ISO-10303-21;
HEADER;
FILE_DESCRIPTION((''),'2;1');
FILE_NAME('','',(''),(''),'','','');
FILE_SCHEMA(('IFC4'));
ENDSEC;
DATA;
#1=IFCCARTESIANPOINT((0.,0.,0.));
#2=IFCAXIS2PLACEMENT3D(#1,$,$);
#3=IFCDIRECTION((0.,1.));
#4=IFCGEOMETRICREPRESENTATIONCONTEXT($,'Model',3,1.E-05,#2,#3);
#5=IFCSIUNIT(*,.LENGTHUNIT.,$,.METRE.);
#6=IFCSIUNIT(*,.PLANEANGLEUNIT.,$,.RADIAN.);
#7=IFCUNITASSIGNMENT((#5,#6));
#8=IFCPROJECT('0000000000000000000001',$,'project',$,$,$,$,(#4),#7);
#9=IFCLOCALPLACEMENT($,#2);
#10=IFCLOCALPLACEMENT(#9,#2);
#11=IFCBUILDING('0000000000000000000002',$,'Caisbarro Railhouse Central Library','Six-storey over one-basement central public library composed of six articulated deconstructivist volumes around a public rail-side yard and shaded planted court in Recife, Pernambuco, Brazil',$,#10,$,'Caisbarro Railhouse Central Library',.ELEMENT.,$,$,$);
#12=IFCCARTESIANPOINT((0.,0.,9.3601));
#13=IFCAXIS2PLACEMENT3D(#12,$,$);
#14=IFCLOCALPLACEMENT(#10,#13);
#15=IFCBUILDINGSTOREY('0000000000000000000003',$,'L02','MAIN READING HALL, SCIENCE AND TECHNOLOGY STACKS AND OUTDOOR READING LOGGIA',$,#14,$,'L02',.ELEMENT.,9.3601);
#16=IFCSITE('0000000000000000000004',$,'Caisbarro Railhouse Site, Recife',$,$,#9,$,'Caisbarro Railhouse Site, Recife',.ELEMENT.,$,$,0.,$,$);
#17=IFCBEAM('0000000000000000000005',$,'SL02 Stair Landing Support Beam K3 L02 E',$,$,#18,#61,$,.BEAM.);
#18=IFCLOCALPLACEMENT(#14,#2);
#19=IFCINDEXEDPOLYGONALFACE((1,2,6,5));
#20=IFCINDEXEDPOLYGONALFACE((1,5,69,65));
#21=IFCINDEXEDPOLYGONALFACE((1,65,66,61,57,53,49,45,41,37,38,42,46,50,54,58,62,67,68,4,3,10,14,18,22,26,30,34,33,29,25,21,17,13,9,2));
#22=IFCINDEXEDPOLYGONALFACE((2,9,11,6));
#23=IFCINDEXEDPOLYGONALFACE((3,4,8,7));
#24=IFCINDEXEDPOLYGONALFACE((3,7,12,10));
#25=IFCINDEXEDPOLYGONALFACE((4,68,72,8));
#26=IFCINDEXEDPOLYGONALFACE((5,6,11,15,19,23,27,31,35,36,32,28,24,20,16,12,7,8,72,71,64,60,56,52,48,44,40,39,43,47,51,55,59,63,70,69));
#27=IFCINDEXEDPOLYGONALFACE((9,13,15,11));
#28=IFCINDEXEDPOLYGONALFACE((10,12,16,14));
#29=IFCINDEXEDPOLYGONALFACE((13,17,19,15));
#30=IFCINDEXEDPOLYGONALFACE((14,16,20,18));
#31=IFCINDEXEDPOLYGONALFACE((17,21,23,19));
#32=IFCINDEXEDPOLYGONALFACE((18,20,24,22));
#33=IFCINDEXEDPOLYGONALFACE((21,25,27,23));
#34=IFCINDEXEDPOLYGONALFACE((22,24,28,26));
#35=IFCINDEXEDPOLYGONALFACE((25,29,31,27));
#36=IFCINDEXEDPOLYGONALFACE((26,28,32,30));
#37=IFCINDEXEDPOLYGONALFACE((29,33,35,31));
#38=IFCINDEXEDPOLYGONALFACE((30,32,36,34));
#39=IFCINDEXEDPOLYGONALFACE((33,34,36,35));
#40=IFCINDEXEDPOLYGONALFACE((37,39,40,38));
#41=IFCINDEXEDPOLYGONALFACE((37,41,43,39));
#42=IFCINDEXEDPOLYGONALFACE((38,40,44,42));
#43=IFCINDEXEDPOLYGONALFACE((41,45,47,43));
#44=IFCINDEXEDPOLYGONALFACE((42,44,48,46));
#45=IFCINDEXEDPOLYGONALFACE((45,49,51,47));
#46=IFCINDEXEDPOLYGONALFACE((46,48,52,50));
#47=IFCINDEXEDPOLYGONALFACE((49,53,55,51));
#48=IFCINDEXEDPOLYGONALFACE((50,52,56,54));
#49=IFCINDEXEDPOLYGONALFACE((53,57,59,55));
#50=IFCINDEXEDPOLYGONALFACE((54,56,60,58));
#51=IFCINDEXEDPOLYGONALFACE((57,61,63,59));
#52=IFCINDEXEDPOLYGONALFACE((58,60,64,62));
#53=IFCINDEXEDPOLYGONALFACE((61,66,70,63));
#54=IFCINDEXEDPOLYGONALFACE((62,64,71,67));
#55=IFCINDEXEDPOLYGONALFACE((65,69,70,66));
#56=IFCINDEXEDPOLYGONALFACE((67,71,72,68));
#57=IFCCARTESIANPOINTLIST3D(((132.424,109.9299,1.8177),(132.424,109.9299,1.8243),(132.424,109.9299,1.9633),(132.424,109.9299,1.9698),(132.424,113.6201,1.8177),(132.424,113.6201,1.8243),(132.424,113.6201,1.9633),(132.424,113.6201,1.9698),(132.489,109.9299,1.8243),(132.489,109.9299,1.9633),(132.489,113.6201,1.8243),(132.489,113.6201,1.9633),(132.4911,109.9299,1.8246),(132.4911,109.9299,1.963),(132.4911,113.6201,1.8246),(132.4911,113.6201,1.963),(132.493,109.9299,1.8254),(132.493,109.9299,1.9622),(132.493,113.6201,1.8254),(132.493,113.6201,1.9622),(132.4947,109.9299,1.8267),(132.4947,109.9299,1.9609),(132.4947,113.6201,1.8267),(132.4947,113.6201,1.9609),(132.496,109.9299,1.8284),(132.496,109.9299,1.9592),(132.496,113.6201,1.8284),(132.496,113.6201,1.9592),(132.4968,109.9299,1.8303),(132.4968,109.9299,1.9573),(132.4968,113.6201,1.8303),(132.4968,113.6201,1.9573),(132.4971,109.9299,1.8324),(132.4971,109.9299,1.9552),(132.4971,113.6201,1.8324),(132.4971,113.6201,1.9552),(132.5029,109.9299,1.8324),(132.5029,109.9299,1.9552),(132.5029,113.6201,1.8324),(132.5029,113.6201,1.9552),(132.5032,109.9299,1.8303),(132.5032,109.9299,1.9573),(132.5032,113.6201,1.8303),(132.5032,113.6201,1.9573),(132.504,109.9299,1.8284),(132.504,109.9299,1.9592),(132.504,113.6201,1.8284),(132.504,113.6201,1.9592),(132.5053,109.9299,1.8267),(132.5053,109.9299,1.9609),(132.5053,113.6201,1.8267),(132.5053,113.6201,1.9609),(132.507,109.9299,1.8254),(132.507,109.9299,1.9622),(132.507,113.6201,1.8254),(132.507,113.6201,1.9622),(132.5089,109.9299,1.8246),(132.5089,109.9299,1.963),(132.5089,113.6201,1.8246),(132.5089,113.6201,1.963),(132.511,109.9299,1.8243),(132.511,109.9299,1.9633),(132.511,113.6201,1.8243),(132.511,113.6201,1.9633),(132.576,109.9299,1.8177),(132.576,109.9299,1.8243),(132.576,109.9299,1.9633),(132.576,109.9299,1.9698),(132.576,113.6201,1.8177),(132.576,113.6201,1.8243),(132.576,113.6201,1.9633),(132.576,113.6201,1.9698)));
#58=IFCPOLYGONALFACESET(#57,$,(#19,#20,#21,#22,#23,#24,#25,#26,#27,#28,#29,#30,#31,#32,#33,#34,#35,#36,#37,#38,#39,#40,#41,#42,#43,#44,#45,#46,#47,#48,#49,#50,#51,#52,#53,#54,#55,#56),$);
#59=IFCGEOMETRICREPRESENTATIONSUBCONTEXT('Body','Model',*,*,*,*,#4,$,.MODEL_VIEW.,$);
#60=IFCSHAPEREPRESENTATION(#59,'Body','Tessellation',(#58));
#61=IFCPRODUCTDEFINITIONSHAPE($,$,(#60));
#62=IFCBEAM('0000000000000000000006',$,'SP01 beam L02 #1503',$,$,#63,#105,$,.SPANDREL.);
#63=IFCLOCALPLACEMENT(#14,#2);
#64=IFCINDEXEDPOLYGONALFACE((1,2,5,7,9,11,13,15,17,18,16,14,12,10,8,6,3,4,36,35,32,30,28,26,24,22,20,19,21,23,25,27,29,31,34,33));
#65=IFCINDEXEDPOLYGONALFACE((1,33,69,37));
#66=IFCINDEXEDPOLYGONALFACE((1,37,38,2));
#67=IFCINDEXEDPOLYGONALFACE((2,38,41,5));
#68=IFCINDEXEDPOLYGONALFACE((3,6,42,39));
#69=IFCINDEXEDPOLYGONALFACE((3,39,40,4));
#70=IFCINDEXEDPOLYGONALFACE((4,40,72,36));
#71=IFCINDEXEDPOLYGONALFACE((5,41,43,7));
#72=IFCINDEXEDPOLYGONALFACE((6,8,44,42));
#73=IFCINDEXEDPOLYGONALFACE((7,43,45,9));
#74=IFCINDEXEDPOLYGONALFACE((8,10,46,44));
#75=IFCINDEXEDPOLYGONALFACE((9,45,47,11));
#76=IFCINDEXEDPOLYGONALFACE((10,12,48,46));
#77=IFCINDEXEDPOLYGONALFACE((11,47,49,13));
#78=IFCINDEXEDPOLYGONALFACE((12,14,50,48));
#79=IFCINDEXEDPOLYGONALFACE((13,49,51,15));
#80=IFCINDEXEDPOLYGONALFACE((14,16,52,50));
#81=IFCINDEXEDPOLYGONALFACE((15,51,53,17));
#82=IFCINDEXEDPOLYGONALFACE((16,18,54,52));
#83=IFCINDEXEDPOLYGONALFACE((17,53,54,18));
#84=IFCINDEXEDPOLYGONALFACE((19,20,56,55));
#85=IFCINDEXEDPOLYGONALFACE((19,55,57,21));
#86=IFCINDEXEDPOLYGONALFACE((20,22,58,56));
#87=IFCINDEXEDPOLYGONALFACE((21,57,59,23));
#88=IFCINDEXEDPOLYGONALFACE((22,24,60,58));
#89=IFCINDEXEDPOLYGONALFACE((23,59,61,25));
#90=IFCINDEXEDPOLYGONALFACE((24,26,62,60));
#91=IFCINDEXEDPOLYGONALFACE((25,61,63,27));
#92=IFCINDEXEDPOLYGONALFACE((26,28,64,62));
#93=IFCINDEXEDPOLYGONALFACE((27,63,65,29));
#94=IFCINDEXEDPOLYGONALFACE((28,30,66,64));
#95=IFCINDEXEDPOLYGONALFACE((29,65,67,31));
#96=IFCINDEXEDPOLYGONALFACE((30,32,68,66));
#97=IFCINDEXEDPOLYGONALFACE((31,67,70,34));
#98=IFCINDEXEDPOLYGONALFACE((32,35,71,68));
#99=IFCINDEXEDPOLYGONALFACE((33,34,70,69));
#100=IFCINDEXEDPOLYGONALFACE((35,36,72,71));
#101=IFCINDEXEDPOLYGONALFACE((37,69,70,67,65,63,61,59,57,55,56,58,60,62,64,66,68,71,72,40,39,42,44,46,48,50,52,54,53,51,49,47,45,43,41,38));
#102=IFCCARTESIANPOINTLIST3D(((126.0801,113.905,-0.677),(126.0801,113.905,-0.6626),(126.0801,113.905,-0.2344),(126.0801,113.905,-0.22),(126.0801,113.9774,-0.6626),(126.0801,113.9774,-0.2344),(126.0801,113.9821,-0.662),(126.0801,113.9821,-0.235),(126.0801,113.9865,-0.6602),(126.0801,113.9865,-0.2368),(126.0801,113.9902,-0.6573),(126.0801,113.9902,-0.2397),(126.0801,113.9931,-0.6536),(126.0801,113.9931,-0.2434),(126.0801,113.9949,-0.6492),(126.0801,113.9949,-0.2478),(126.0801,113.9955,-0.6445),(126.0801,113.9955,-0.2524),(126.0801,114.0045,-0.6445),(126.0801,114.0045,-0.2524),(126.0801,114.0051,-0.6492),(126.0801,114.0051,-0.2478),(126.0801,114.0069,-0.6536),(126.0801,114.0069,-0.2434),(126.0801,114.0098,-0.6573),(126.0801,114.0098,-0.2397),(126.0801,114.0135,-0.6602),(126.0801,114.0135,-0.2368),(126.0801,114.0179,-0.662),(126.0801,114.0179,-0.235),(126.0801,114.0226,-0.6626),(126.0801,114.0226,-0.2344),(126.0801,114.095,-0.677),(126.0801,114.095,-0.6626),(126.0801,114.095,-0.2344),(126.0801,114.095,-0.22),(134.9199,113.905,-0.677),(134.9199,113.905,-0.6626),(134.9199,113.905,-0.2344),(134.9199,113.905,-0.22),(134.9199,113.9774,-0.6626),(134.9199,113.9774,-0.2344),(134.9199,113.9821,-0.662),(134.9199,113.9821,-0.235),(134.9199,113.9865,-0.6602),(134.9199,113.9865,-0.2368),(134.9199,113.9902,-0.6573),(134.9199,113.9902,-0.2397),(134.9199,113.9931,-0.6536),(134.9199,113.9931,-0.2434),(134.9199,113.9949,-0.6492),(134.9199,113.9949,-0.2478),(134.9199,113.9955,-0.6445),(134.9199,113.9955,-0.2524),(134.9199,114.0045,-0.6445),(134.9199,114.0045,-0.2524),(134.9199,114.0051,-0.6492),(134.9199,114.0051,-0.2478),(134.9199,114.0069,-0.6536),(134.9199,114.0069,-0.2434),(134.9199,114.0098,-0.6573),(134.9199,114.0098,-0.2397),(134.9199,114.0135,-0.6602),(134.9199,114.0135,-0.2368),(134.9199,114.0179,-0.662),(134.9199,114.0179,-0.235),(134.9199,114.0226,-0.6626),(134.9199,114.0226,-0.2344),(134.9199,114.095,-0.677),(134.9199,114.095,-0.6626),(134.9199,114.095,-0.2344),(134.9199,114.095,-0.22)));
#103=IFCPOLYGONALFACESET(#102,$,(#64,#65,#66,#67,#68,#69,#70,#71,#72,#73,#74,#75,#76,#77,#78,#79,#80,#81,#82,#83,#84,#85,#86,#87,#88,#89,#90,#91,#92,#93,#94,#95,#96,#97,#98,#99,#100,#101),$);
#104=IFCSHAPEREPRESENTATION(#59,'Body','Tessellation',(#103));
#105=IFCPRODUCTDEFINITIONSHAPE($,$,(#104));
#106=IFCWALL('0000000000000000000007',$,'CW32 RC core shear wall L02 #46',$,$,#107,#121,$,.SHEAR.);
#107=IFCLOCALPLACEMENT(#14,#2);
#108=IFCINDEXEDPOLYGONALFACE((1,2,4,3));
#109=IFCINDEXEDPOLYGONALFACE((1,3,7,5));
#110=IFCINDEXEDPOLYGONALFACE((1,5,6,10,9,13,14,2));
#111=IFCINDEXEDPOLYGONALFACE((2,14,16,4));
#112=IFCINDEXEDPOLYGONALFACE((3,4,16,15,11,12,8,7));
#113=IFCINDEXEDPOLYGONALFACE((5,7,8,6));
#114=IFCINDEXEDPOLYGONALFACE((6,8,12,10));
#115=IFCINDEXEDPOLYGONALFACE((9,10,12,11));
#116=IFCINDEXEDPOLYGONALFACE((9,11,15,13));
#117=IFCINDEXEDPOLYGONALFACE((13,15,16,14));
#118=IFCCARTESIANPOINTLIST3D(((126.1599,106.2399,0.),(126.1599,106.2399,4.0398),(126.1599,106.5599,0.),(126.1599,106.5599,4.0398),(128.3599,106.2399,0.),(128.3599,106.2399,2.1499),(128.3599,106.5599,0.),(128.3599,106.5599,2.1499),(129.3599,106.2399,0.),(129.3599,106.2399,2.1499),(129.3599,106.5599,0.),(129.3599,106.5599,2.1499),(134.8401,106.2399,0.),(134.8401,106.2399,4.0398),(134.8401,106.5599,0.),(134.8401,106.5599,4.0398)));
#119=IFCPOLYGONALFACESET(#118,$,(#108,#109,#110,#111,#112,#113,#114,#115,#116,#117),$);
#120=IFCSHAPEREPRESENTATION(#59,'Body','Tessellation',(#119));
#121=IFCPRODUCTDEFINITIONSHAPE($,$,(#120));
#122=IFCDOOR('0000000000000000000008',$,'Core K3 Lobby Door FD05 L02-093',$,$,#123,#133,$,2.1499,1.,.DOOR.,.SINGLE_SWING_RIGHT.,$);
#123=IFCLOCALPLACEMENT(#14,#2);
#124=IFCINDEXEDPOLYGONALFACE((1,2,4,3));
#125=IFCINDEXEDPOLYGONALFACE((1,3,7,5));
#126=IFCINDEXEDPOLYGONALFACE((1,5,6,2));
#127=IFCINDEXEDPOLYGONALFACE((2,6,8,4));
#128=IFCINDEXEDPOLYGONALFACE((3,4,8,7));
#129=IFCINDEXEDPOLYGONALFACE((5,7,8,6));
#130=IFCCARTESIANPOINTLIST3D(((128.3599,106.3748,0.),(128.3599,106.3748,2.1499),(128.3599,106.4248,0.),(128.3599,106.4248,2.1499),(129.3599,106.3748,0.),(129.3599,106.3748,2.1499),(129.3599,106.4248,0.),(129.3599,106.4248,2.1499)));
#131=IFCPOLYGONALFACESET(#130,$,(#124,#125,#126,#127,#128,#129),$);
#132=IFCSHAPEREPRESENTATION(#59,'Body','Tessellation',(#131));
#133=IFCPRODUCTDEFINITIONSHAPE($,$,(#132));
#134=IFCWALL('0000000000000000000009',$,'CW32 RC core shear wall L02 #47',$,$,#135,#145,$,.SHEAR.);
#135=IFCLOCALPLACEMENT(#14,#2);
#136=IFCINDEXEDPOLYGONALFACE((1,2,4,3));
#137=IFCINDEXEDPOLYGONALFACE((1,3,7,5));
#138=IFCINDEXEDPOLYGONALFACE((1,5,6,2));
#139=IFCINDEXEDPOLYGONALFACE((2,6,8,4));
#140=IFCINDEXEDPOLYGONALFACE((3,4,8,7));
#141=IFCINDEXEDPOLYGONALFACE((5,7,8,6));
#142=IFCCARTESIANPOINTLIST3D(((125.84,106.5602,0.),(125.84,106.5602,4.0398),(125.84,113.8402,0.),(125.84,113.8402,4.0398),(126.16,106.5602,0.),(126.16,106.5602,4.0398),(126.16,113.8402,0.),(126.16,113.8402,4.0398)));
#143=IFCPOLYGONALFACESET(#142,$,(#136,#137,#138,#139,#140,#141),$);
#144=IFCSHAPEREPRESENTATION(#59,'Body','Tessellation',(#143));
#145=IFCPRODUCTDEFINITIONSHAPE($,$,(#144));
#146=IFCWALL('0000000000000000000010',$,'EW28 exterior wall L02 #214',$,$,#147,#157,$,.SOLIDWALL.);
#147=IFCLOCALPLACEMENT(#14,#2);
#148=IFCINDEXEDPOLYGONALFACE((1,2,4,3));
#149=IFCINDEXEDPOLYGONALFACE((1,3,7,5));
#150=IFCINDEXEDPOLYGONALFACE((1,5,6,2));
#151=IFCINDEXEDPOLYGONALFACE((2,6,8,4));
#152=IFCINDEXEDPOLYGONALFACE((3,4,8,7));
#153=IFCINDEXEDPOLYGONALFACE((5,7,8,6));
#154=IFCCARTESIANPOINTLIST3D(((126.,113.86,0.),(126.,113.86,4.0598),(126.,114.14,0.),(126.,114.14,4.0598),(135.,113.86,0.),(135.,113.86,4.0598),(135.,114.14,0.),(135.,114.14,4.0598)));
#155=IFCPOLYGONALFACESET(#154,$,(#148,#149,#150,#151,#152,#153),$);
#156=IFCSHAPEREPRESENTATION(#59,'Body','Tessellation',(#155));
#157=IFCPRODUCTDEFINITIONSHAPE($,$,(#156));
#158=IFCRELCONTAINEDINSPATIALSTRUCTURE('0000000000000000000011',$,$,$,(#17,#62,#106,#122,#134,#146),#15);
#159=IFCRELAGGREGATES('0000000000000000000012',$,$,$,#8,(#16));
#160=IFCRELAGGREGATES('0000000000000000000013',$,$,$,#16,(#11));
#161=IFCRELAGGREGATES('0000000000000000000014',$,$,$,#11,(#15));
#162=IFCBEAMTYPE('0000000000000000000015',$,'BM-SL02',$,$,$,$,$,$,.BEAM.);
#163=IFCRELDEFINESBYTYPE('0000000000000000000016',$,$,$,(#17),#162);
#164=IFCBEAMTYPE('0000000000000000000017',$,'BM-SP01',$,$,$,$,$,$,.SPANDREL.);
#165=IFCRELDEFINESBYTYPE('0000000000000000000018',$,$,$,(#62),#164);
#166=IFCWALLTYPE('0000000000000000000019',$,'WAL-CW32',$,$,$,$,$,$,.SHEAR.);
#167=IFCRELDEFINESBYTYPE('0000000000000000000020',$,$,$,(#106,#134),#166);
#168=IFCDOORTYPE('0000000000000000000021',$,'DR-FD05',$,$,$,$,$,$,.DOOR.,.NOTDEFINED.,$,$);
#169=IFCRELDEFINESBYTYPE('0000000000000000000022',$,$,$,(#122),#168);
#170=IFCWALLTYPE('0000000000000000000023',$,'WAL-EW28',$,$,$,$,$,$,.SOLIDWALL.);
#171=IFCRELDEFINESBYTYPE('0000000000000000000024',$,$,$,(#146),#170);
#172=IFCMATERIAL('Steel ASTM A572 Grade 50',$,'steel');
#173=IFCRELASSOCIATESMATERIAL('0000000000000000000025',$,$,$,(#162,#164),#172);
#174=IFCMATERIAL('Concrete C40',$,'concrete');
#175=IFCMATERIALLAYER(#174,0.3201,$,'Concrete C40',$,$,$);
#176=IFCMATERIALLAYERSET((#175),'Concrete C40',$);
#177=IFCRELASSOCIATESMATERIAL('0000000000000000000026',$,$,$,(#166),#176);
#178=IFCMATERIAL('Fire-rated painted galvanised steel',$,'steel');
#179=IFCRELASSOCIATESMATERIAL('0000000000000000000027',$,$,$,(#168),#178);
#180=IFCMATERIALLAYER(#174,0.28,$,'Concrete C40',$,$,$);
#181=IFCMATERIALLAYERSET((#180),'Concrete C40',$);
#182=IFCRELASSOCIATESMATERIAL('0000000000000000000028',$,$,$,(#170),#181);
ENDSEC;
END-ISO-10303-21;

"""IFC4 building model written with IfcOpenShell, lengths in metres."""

from ifc_helpers import new_model, si_unit, direction, frame, frame_2d, origin, origin_2d, place, context, subcontext, project, spatial, rectangle, i_section, extrude, material, layer, layer_set, material_profile, profile_set, type_object, element, fill, save


model = new_model("IFC4")

# Units and contexts
model_context = context("Model", 3, precision=1e-05, world=origin(), true_north=direction((0.0, 1.0)))
body_context = subcontext(model_context, "Body", "Model", "MODEL_VIEW")
ifc_project = project(units=[si_unit("LENGTHUNIT", "METRE"), si_unit("PLANEANGLEUNIT", "RADIAN")], contexts=[model_context])

# Site, building, storey
site_placement = place(None, origin())
site = spatial("IfcSite", under=ifc_project, at=site_placement, Name="Caisbarro Railhouse Site, Recife", LongName="Caisbarro Railhouse Site, Recife", CompositionType="ELEMENT", RefElevation=0.0)
building_placement = place(site_placement, origin())
building = spatial("IfcBuilding", under=site, at=building_placement, Name="Caisbarro Railhouse Central Library", Description="Six-storey over one-basement central public library composed of six articulated deconstructivist volumes around a public rail-side yard and shaded planted court in Recife, Pernambuco, Brazil", LongName="Caisbarro Railhouse Central Library", CompositionType="ELEMENT")
storey_placement = place(building_placement, frame((0.0, 0.0, 9.3601)))
storey = spatial("IfcBuildingStorey", under=building, at=storey_placement, Name="L02", Description="MAIN READING HALL, SCIENCE AND TECHNOLOGY STACKS AND OUTDOOR READING LOGGIA", LongName="L02", CompositionType="ELEMENT", Elevation=9.3601)

# Shared definitions
ifc_material_1 = material(Name="Steel ASTM A572 Grade 50", Category="steel")

# Beams
ifc_material_2 = material(Name="Concrete C40", Category="concrete")
ifc_material_profile_1 = material_profile(ifc_material_1, i_section(OverallWidth=0.1521, OverallDepth=0.1521, WebThickness=0.0059, FlangeThickness=0.0066, FilletRadius=0.0081, at=origin_2d()), Name="W150X22.5")
ifc_profile_set_1 = profile_set([ifc_material_profile_1], Name="Steel ASTM A572 Grade 50")
beam_type_1 = type_object("IfcBeamType", Name="BM-SL02", PredefinedType="BEAM", material=ifc_profile_set_1)
for number, where, z_axis, x_axis, name in (
    (1, (132.5, 109.9299, 1.8938), (0.0, 1.0, 0.0), (-1.0, 0.0, 0.0), "SL02 Stair Landing Support Beam K3 L02 E"),
):
    element("IfcBeam", number, at=place(storey_placement, frame(where, z_axis=z_axis, x_axis=x_axis)), inside=storey, type_object=beam_type_1, Name=name, PredefinedType="BEAM", context=body_context, shape_type="SweptSolid", body=[
        extrude(i_section(OverallWidth=0.1521, OverallDepth=0.1521, WebThickness=0.0059, FlangeThickness=0.0066, FilletRadius=0.0081, at=origin_2d()), origin(), (0.0, 0.0, 1.0), 3.6902),
    ])
ifc_material_profile_2 = material_profile(ifc_material_1, i_section(OverallWidth=0.1899, OverallDepth=0.457, WebThickness=0.009, FlangeThickness=0.0144, FilletRadius=0.0181, at=origin_2d()), Name="W460X74.0")
ifc_profile_set_2 = profile_set([ifc_material_profile_2], Name="Steel ASTM A572 Grade 50")
beam_type_2 = type_object("IfcBeamType", Name="BM-SP01", PredefinedType="SPANDREL", material=ifc_profile_set_2)
beam_1_placement = place(storey_placement, frame((126.0801, 114.0, -0.4485), z_axis=(1.0, 0.0, 0.0), x_axis=(0.0, 1.0, 0.0)))
element("IfcBeam", 2, at=beam_1_placement, inside=storey, type_object=beam_type_2, Name="SP01 beam L02 #1503", PredefinedType="SPANDREL", context=body_context, shape_type="SweptSolid", body=[
    extrude(i_section(OverallWidth=0.1899, OverallDepth=0.457, WebThickness=0.009, FlangeThickness=0.0144, FilletRadius=0.0181, at=origin_2d()), origin(), (0.0, 0.0, 1.0), 8.8398),
])

# Wall, opening, door
ifc_layer_1 = layer(ifc_material_2, 0.3201, Name="Concrete C40")
ifc_layer_set_1 = layer_set([ifc_layer_1], Name="Concrete C40")
wall_type_1 = type_object("IfcWallType", Name="WAL-CW32", PredefinedType="SHEAR", material=ifc_layer_set_1)
wall_1_placement = place(storey_placement, frame((126.1599, 106.3999, 0.0), z_axis=(0.0, 0.0, 1.0), x_axis=(1.0, 0.0, 0.0)))
wall_1 = element("IfcWall", 3, at=wall_1_placement, inside=storey, type_object=wall_type_1, Name="CW32 RC core shear wall L02 #46", PredefinedType="SHEAR", context=body_context, shape_type="SweptSolid", body=[
    extrude(rectangle(XDim=8.6802, YDim=0.3201, at=frame_2d((4.3401, 0.0))), origin(), (0.0, 0.0, 1.0), 4.0398),
])
opening_1_placement = place(wall_1_placement, frame((2.2, 0.0, 0.0)))
opening_1 = element("IfcOpeningElement", 4, at=opening_1_placement, cuts=wall_1, PredefinedType="OPENING", context=body_context, shape_type="SweptSolid", body=[
    extrude(rectangle(XDim=1.0, YDim=2.1499, at=frame_2d((0.5, 1.075))), frame((0.0, 0.1699, 0.0), z_axis=(0.0, -1.0, 0.0), x_axis=(1.0, 0.0, 0.0)), (0.0, 0.0, 1.0), 0.3401),
])
ifc_material_3 = material(Name="Fire-rated painted galvanised steel", Category="steel")
door_type_1 = type_object("IfcDoorType", Name="DR-FD05", OperationType="NOTDEFINED", PredefinedType="DOOR", material=ifc_material_3)
door_1_placement = place(opening_1_placement, origin())
door_1 = element("IfcDoor", 5, at=door_1_placement, inside=storey, type_object=door_type_1, Name="Core K3 Lobby Door FD05 L02-093", OperationType="SINGLE_SWING_RIGHT", OverallHeight=2.1499, OverallWidth=1.0, PredefinedType="DOOR", context=body_context, shape_type="SweptSolid", body=[
    extrude(rectangle(XDim=1.0, YDim=2.1499, at=frame_2d((0.5, 1.075))), frame((0.0, 0.0249, 0.0), z_axis=(0.0, -1.0, 0.0), x_axis=(1.0, 0.0, 0.0)), (0.0, 0.0, 1.0), 0.05),
])
fill(opening_1, door_1)

# Walls
wall_2_placement = place(storey_placement, frame((126.0, 106.5601, 0.0), z_axis=(0.0, 0.0, 1.0), x_axis=(0.0, 1.0, 0.0)))
element("IfcWall", 6, at=wall_2_placement, inside=storey, type_object=wall_type_1, Name="CW32 RC core shear wall L02 #47", PredefinedType="SHEAR", context=body_context, shape_type="SweptSolid", body=[
    extrude(rectangle(XDim=7.28, YDim=0.3201, at=frame_2d((3.6401, 0.0))), origin(), (0.0, 0.0, 1.0), 4.0398),
])
ifc_layer_2 = layer(ifc_material_2, 0.28, Name="Concrete C40")
ifc_layer_set_2 = layer_set([ifc_layer_2], Name="Concrete C40")
wall_type_2 = type_object("IfcWallType", Name="WAL-EW28", PredefinedType="SOLIDWALL", material=ifc_layer_set_2)
wall_3_placement = place(storey_placement, frame((126.0, 114.0, 0.0), z_axis=(0.0, 0.0, 1.0), x_axis=(1.0, 0.0, 0.0)))
element("IfcWall", 7, at=wall_3_placement, inside=storey, type_object=wall_type_2, Name="EW28 exterior wall L02 #214", PredefinedType="SOLIDWALL", context=body_context, shape_type="SweptSolid", body=[
    extrude(rectangle(XDim=9.0, YDim=0.28, at=frame_2d((4.5, 0.0))), origin(), (0.0, 0.0, 1.0), 4.0598),
])

save(model, "model.ifc")
